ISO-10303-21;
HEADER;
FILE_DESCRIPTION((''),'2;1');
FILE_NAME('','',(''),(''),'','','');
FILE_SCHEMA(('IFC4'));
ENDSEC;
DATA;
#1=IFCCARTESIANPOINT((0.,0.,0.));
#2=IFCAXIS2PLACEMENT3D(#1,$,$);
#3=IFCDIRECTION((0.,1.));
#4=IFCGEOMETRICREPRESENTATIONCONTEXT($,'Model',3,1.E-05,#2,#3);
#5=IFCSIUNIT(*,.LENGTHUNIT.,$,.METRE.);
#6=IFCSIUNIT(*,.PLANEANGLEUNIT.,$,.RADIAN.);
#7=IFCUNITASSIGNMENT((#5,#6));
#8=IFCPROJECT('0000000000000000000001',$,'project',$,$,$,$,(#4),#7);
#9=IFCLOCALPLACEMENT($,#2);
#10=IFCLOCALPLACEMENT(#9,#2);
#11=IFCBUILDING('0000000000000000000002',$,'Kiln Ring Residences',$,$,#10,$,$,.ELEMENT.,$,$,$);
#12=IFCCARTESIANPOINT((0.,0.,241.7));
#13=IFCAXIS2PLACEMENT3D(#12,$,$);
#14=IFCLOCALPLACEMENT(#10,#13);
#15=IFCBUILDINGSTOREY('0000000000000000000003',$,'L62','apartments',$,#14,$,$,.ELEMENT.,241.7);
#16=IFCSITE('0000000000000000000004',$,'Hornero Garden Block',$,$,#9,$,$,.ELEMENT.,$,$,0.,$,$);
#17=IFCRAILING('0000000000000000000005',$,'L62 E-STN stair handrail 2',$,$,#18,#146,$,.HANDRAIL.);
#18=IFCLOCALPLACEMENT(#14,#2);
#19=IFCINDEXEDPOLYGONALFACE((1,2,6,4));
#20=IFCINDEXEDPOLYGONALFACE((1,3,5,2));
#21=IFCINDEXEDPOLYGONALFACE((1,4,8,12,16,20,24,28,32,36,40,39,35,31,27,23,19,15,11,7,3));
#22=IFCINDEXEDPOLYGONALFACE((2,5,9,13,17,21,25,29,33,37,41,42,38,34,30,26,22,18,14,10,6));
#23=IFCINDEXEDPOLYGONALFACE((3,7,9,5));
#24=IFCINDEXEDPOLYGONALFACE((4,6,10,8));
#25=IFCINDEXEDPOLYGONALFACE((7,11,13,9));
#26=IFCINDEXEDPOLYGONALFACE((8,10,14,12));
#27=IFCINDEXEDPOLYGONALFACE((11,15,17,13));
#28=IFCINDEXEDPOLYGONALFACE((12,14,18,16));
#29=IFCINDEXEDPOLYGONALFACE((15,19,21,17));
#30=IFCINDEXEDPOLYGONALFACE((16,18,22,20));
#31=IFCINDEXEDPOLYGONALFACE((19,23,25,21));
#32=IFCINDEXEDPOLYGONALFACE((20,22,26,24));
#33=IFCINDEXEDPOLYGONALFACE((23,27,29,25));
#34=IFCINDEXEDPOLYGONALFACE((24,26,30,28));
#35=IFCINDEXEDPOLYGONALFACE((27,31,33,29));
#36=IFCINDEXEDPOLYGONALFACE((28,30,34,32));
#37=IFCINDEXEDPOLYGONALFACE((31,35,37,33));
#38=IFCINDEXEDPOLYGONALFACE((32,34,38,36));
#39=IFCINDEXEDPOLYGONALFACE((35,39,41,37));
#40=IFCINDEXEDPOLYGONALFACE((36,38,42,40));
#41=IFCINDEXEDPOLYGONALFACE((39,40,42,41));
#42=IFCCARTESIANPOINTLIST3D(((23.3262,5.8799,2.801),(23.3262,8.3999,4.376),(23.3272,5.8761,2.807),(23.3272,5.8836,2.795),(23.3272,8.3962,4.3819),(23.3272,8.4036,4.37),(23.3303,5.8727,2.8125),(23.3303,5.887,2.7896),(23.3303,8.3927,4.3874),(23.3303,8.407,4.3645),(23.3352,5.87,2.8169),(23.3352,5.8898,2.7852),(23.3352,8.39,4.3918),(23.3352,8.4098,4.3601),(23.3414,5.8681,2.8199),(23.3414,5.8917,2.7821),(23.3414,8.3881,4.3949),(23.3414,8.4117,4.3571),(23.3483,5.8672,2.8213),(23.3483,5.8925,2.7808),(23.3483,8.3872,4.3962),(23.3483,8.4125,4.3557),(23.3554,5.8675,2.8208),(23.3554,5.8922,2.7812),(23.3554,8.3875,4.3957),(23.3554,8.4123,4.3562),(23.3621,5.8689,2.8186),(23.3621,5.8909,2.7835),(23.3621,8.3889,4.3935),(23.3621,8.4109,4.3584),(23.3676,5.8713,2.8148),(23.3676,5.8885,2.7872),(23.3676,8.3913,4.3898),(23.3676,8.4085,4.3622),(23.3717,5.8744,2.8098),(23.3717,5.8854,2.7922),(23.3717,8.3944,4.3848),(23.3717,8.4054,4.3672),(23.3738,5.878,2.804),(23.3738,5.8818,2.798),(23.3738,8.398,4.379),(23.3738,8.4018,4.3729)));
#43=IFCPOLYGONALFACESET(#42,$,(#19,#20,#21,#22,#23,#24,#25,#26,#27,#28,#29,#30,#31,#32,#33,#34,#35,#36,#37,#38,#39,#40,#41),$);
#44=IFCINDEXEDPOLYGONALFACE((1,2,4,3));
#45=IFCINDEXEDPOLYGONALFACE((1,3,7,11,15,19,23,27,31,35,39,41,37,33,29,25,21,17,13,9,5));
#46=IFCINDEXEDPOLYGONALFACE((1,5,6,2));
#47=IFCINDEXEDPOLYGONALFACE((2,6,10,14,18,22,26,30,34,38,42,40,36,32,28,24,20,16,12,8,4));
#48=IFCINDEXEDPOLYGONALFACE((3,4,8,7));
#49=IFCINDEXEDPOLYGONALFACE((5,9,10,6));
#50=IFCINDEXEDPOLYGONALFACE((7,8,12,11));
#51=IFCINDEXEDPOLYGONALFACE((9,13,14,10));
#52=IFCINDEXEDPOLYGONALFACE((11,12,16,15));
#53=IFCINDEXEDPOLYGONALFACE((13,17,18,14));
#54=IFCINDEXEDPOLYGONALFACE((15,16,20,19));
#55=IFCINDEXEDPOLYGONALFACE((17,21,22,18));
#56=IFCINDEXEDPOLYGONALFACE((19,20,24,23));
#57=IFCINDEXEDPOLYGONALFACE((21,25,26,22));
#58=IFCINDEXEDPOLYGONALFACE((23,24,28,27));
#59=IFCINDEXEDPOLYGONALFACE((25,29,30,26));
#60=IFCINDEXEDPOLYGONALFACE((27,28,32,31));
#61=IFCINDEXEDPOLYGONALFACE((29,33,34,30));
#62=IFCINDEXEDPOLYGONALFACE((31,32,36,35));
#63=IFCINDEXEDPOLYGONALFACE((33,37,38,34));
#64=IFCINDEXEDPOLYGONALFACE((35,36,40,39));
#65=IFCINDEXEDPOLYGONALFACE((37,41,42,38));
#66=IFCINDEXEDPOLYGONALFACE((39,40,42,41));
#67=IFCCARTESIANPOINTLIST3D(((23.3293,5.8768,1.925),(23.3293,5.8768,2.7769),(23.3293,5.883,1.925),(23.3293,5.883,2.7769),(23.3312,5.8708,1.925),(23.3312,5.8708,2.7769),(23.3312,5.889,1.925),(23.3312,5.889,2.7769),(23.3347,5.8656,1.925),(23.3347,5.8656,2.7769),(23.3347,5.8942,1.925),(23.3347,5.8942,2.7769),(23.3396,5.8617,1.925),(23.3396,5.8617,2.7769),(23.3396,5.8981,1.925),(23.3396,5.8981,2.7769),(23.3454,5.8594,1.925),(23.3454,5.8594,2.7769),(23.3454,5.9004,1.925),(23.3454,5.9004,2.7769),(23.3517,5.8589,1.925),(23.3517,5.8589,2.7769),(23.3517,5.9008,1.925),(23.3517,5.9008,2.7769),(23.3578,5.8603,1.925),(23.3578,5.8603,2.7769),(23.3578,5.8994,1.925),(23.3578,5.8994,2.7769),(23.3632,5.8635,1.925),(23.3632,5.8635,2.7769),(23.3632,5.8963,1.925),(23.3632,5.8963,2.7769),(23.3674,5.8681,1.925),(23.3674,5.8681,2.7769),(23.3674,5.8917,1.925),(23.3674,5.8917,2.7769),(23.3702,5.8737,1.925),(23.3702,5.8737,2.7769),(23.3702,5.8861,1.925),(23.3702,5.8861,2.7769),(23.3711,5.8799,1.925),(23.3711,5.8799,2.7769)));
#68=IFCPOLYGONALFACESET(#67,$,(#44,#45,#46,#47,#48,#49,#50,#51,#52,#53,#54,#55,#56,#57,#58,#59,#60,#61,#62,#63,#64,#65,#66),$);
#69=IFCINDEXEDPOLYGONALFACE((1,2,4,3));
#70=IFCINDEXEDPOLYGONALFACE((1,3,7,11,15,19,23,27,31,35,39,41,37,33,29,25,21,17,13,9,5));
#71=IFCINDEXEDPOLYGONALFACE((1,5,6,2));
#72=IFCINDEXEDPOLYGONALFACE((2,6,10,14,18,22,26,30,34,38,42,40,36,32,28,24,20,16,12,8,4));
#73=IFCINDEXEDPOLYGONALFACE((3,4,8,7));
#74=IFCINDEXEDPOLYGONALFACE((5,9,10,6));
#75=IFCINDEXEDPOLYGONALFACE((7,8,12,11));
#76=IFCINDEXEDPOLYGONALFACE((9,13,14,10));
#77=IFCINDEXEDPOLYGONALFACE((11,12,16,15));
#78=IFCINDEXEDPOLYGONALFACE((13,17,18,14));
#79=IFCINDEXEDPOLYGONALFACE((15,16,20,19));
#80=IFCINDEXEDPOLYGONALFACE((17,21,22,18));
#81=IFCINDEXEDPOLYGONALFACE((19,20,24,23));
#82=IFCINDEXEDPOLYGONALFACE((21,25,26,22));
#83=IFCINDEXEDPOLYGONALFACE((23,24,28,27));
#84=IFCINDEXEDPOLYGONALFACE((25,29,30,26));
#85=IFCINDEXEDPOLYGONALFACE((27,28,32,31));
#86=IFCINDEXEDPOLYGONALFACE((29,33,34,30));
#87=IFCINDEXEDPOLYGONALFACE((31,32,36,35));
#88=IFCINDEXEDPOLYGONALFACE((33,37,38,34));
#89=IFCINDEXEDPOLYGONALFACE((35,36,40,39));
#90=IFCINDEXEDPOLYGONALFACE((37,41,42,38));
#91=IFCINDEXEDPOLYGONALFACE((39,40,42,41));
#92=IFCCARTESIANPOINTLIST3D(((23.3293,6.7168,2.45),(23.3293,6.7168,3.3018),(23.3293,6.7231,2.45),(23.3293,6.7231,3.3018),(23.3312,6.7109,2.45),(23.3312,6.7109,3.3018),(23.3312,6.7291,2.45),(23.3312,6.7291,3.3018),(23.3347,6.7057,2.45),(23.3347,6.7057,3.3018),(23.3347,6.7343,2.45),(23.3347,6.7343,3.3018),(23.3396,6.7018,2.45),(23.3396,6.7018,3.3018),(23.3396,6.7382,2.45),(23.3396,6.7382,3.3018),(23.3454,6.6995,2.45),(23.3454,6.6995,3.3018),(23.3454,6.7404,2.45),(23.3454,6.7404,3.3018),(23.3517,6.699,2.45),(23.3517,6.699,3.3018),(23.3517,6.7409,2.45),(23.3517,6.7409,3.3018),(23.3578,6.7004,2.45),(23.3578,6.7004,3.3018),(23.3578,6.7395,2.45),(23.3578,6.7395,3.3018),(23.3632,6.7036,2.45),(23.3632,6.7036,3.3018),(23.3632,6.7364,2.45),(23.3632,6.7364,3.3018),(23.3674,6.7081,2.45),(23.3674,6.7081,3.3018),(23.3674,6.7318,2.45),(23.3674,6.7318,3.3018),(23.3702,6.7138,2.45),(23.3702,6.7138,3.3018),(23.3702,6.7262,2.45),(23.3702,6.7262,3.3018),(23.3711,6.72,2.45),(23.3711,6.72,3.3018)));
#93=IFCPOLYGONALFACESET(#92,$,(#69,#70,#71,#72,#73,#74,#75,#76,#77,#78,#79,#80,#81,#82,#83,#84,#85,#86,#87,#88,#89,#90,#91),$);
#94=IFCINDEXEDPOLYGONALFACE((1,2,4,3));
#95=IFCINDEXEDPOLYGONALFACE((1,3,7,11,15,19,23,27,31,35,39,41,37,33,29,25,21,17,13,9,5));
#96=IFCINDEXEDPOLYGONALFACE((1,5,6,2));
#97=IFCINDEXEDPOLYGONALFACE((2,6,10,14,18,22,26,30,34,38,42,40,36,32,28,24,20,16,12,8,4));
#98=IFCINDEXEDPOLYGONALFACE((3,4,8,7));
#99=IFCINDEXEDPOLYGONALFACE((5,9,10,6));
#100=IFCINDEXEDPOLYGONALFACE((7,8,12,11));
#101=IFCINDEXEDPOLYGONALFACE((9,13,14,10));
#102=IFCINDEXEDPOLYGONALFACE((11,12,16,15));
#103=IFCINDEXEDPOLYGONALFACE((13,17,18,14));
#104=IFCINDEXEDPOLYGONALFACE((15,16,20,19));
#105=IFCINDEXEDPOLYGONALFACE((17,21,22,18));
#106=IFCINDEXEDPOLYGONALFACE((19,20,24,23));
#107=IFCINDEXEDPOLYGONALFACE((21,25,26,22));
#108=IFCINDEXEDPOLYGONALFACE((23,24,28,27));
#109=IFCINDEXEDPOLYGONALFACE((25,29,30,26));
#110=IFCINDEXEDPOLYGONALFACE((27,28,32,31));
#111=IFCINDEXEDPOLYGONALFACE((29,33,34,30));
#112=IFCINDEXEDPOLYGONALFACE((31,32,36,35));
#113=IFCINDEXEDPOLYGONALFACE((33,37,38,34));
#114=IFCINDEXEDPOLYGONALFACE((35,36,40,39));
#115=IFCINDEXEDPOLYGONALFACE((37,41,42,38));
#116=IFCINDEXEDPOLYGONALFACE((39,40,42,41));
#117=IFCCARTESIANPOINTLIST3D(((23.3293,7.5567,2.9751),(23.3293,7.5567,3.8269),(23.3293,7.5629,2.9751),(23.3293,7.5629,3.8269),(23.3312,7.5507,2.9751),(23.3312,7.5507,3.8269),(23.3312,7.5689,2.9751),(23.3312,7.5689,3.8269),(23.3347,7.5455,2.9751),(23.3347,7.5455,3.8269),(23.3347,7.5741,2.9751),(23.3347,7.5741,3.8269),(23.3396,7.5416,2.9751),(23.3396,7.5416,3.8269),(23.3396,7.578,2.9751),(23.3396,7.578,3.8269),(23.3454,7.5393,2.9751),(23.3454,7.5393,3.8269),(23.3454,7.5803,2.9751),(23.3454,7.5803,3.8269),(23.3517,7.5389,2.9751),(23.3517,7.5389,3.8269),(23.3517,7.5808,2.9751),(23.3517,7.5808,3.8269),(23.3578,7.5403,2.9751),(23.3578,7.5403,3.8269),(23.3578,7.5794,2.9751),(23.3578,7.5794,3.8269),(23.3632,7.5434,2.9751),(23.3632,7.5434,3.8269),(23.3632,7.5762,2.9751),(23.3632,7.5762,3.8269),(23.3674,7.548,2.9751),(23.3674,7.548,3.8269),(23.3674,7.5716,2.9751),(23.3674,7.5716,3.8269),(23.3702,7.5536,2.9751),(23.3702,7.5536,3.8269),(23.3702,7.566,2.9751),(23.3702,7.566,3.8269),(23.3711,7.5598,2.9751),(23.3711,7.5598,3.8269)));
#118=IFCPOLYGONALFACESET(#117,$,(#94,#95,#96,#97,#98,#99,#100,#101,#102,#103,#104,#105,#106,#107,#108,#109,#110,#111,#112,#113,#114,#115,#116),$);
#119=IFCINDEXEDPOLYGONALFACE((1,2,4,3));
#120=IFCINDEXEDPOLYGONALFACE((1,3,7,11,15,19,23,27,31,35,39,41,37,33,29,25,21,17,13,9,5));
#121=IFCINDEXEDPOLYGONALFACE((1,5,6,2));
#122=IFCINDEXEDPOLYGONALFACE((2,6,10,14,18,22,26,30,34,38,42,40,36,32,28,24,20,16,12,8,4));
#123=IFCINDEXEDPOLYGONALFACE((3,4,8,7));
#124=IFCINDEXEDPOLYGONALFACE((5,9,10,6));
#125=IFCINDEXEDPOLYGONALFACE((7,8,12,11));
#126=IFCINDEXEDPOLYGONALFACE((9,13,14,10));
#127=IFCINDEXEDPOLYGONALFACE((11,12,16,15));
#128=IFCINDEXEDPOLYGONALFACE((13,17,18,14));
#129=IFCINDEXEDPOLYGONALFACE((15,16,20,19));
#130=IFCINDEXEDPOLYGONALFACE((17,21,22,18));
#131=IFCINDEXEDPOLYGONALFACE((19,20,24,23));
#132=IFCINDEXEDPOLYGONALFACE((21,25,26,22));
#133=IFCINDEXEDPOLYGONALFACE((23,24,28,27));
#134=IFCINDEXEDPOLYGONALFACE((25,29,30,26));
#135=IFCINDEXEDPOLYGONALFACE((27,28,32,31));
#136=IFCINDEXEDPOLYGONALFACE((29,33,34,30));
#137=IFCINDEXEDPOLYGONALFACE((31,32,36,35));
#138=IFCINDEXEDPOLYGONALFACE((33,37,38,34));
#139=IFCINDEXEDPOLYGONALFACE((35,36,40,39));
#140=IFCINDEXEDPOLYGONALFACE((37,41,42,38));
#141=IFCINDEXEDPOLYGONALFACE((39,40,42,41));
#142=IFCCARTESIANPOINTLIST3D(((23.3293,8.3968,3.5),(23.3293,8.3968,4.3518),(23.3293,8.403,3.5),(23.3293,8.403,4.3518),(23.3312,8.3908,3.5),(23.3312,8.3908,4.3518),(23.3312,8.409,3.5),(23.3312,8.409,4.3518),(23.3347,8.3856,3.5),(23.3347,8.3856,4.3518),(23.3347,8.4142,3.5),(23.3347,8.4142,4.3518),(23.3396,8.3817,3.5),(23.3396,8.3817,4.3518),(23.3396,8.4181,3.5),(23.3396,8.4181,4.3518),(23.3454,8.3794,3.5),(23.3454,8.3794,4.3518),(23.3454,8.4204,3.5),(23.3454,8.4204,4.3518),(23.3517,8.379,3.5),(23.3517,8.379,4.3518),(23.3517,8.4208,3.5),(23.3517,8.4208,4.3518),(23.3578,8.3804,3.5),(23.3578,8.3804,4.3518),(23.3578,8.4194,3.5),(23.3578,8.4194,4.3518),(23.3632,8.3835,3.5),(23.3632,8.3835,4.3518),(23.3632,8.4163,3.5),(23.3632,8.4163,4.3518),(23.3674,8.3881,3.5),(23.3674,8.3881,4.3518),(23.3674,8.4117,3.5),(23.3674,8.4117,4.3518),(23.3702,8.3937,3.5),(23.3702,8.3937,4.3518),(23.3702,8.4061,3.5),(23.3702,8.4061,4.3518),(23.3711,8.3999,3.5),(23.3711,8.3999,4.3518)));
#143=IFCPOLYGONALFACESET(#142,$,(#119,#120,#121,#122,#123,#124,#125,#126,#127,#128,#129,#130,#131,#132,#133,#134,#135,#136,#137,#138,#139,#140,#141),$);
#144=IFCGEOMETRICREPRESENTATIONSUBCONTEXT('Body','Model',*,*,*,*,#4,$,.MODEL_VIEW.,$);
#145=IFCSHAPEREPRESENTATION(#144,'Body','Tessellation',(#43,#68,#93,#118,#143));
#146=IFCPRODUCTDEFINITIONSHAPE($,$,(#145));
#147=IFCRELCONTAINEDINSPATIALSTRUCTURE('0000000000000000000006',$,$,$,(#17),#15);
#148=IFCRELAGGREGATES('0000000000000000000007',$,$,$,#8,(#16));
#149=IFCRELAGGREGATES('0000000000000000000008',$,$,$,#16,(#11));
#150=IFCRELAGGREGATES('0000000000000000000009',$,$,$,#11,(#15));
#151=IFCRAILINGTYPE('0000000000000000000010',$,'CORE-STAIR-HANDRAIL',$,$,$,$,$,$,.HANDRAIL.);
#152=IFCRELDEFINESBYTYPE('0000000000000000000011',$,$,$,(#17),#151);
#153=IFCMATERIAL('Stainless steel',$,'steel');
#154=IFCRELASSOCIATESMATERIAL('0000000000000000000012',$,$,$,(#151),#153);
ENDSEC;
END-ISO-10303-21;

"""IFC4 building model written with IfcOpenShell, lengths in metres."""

from ifc_helpers import new_model, si_unit, direction, frame, origin, origin_2d, place, context, subcontext, project, spatial, circle, extrude, material, type_object, element, save


model = new_model("IFC4")

# Units and contexts
model_context = context("Model", 3, precision=1e-05, world=origin(), true_north=direction((0.0, 1.0)))
body_context = subcontext(model_context, "Body", "Model", "MODEL_VIEW")
ifc_project = project(units=[si_unit("LENGTHUNIT", "METRE"), si_unit("PLANEANGLEUNIT", "RADIAN")], contexts=[model_context])

# Site, building, storey
site_placement = place(None, origin())
site = spatial("IfcSite", under=ifc_project, at=site_placement, Name="Hornero Garden Block", CompositionType="ELEMENT", RefElevation=0.0)
building_placement = place(site_placement, origin())
building = spatial("IfcBuilding", under=site, at=building_placement, Name="Kiln Ring Residences", CompositionType="ELEMENT")
storey_placement = place(building_placement, frame((0.0, 0.0, 241.7)))
storey = spatial("IfcBuildingStorey", under=building, at=storey_placement, Name="L62", Description="apartments", CompositionType="ELEMENT", Elevation=241.7)

# Railing
ifc_material_1 = material(Name="Stainless steel", Category="steel")
railing_type_1 = type_object("IfcRailingType", Name="CORE-STAIR-HANDRAIL", PredefinedType="HANDRAIL", material=ifc_material_1)
railing_1_placement = place(storey_placement, frame((23.3501, 5.8799, 1.925)))
element("IfcRailing", 1, at=railing_1_placement, inside=storey, type_object=railing_type_1, Name="L62 E-STN stair handrail 2", PredefinedType="HANDRAIL", context=body_context, shape_type="SweptSolid", body=[
    extrude(circle(Radius=0.0239, at=origin_2d()), frame((0.0, 0.0, 0.876), z_axis=(0.0, 0.848008, 0.529984), x_axis=(-1.0, 0.0, 0.0)), (0.0, 0.0, 1.0), 2.9717),
    extrude(circle(Radius=0.021, at=origin_2d()), origin(), (0.0, 0.0, 1.0), 0.8518),
    extrude(circle(Radius=0.021, at=origin_2d()), frame((0.0, 0.8401, 0.5249)), (0.0, 0.0, 1.0), 0.8518),
    extrude(circle(Radius=0.021, at=origin_2d()), frame((0.0, 1.6799, 1.05)), (0.0, 0.0, 1.0), 0.8518),
    extrude(circle(Radius=0.021, at=origin_2d()), frame((0.0, 2.52, 1.575)), (0.0, 0.0, 1.0), 0.8518),
])

save(model, "model.ifc")
